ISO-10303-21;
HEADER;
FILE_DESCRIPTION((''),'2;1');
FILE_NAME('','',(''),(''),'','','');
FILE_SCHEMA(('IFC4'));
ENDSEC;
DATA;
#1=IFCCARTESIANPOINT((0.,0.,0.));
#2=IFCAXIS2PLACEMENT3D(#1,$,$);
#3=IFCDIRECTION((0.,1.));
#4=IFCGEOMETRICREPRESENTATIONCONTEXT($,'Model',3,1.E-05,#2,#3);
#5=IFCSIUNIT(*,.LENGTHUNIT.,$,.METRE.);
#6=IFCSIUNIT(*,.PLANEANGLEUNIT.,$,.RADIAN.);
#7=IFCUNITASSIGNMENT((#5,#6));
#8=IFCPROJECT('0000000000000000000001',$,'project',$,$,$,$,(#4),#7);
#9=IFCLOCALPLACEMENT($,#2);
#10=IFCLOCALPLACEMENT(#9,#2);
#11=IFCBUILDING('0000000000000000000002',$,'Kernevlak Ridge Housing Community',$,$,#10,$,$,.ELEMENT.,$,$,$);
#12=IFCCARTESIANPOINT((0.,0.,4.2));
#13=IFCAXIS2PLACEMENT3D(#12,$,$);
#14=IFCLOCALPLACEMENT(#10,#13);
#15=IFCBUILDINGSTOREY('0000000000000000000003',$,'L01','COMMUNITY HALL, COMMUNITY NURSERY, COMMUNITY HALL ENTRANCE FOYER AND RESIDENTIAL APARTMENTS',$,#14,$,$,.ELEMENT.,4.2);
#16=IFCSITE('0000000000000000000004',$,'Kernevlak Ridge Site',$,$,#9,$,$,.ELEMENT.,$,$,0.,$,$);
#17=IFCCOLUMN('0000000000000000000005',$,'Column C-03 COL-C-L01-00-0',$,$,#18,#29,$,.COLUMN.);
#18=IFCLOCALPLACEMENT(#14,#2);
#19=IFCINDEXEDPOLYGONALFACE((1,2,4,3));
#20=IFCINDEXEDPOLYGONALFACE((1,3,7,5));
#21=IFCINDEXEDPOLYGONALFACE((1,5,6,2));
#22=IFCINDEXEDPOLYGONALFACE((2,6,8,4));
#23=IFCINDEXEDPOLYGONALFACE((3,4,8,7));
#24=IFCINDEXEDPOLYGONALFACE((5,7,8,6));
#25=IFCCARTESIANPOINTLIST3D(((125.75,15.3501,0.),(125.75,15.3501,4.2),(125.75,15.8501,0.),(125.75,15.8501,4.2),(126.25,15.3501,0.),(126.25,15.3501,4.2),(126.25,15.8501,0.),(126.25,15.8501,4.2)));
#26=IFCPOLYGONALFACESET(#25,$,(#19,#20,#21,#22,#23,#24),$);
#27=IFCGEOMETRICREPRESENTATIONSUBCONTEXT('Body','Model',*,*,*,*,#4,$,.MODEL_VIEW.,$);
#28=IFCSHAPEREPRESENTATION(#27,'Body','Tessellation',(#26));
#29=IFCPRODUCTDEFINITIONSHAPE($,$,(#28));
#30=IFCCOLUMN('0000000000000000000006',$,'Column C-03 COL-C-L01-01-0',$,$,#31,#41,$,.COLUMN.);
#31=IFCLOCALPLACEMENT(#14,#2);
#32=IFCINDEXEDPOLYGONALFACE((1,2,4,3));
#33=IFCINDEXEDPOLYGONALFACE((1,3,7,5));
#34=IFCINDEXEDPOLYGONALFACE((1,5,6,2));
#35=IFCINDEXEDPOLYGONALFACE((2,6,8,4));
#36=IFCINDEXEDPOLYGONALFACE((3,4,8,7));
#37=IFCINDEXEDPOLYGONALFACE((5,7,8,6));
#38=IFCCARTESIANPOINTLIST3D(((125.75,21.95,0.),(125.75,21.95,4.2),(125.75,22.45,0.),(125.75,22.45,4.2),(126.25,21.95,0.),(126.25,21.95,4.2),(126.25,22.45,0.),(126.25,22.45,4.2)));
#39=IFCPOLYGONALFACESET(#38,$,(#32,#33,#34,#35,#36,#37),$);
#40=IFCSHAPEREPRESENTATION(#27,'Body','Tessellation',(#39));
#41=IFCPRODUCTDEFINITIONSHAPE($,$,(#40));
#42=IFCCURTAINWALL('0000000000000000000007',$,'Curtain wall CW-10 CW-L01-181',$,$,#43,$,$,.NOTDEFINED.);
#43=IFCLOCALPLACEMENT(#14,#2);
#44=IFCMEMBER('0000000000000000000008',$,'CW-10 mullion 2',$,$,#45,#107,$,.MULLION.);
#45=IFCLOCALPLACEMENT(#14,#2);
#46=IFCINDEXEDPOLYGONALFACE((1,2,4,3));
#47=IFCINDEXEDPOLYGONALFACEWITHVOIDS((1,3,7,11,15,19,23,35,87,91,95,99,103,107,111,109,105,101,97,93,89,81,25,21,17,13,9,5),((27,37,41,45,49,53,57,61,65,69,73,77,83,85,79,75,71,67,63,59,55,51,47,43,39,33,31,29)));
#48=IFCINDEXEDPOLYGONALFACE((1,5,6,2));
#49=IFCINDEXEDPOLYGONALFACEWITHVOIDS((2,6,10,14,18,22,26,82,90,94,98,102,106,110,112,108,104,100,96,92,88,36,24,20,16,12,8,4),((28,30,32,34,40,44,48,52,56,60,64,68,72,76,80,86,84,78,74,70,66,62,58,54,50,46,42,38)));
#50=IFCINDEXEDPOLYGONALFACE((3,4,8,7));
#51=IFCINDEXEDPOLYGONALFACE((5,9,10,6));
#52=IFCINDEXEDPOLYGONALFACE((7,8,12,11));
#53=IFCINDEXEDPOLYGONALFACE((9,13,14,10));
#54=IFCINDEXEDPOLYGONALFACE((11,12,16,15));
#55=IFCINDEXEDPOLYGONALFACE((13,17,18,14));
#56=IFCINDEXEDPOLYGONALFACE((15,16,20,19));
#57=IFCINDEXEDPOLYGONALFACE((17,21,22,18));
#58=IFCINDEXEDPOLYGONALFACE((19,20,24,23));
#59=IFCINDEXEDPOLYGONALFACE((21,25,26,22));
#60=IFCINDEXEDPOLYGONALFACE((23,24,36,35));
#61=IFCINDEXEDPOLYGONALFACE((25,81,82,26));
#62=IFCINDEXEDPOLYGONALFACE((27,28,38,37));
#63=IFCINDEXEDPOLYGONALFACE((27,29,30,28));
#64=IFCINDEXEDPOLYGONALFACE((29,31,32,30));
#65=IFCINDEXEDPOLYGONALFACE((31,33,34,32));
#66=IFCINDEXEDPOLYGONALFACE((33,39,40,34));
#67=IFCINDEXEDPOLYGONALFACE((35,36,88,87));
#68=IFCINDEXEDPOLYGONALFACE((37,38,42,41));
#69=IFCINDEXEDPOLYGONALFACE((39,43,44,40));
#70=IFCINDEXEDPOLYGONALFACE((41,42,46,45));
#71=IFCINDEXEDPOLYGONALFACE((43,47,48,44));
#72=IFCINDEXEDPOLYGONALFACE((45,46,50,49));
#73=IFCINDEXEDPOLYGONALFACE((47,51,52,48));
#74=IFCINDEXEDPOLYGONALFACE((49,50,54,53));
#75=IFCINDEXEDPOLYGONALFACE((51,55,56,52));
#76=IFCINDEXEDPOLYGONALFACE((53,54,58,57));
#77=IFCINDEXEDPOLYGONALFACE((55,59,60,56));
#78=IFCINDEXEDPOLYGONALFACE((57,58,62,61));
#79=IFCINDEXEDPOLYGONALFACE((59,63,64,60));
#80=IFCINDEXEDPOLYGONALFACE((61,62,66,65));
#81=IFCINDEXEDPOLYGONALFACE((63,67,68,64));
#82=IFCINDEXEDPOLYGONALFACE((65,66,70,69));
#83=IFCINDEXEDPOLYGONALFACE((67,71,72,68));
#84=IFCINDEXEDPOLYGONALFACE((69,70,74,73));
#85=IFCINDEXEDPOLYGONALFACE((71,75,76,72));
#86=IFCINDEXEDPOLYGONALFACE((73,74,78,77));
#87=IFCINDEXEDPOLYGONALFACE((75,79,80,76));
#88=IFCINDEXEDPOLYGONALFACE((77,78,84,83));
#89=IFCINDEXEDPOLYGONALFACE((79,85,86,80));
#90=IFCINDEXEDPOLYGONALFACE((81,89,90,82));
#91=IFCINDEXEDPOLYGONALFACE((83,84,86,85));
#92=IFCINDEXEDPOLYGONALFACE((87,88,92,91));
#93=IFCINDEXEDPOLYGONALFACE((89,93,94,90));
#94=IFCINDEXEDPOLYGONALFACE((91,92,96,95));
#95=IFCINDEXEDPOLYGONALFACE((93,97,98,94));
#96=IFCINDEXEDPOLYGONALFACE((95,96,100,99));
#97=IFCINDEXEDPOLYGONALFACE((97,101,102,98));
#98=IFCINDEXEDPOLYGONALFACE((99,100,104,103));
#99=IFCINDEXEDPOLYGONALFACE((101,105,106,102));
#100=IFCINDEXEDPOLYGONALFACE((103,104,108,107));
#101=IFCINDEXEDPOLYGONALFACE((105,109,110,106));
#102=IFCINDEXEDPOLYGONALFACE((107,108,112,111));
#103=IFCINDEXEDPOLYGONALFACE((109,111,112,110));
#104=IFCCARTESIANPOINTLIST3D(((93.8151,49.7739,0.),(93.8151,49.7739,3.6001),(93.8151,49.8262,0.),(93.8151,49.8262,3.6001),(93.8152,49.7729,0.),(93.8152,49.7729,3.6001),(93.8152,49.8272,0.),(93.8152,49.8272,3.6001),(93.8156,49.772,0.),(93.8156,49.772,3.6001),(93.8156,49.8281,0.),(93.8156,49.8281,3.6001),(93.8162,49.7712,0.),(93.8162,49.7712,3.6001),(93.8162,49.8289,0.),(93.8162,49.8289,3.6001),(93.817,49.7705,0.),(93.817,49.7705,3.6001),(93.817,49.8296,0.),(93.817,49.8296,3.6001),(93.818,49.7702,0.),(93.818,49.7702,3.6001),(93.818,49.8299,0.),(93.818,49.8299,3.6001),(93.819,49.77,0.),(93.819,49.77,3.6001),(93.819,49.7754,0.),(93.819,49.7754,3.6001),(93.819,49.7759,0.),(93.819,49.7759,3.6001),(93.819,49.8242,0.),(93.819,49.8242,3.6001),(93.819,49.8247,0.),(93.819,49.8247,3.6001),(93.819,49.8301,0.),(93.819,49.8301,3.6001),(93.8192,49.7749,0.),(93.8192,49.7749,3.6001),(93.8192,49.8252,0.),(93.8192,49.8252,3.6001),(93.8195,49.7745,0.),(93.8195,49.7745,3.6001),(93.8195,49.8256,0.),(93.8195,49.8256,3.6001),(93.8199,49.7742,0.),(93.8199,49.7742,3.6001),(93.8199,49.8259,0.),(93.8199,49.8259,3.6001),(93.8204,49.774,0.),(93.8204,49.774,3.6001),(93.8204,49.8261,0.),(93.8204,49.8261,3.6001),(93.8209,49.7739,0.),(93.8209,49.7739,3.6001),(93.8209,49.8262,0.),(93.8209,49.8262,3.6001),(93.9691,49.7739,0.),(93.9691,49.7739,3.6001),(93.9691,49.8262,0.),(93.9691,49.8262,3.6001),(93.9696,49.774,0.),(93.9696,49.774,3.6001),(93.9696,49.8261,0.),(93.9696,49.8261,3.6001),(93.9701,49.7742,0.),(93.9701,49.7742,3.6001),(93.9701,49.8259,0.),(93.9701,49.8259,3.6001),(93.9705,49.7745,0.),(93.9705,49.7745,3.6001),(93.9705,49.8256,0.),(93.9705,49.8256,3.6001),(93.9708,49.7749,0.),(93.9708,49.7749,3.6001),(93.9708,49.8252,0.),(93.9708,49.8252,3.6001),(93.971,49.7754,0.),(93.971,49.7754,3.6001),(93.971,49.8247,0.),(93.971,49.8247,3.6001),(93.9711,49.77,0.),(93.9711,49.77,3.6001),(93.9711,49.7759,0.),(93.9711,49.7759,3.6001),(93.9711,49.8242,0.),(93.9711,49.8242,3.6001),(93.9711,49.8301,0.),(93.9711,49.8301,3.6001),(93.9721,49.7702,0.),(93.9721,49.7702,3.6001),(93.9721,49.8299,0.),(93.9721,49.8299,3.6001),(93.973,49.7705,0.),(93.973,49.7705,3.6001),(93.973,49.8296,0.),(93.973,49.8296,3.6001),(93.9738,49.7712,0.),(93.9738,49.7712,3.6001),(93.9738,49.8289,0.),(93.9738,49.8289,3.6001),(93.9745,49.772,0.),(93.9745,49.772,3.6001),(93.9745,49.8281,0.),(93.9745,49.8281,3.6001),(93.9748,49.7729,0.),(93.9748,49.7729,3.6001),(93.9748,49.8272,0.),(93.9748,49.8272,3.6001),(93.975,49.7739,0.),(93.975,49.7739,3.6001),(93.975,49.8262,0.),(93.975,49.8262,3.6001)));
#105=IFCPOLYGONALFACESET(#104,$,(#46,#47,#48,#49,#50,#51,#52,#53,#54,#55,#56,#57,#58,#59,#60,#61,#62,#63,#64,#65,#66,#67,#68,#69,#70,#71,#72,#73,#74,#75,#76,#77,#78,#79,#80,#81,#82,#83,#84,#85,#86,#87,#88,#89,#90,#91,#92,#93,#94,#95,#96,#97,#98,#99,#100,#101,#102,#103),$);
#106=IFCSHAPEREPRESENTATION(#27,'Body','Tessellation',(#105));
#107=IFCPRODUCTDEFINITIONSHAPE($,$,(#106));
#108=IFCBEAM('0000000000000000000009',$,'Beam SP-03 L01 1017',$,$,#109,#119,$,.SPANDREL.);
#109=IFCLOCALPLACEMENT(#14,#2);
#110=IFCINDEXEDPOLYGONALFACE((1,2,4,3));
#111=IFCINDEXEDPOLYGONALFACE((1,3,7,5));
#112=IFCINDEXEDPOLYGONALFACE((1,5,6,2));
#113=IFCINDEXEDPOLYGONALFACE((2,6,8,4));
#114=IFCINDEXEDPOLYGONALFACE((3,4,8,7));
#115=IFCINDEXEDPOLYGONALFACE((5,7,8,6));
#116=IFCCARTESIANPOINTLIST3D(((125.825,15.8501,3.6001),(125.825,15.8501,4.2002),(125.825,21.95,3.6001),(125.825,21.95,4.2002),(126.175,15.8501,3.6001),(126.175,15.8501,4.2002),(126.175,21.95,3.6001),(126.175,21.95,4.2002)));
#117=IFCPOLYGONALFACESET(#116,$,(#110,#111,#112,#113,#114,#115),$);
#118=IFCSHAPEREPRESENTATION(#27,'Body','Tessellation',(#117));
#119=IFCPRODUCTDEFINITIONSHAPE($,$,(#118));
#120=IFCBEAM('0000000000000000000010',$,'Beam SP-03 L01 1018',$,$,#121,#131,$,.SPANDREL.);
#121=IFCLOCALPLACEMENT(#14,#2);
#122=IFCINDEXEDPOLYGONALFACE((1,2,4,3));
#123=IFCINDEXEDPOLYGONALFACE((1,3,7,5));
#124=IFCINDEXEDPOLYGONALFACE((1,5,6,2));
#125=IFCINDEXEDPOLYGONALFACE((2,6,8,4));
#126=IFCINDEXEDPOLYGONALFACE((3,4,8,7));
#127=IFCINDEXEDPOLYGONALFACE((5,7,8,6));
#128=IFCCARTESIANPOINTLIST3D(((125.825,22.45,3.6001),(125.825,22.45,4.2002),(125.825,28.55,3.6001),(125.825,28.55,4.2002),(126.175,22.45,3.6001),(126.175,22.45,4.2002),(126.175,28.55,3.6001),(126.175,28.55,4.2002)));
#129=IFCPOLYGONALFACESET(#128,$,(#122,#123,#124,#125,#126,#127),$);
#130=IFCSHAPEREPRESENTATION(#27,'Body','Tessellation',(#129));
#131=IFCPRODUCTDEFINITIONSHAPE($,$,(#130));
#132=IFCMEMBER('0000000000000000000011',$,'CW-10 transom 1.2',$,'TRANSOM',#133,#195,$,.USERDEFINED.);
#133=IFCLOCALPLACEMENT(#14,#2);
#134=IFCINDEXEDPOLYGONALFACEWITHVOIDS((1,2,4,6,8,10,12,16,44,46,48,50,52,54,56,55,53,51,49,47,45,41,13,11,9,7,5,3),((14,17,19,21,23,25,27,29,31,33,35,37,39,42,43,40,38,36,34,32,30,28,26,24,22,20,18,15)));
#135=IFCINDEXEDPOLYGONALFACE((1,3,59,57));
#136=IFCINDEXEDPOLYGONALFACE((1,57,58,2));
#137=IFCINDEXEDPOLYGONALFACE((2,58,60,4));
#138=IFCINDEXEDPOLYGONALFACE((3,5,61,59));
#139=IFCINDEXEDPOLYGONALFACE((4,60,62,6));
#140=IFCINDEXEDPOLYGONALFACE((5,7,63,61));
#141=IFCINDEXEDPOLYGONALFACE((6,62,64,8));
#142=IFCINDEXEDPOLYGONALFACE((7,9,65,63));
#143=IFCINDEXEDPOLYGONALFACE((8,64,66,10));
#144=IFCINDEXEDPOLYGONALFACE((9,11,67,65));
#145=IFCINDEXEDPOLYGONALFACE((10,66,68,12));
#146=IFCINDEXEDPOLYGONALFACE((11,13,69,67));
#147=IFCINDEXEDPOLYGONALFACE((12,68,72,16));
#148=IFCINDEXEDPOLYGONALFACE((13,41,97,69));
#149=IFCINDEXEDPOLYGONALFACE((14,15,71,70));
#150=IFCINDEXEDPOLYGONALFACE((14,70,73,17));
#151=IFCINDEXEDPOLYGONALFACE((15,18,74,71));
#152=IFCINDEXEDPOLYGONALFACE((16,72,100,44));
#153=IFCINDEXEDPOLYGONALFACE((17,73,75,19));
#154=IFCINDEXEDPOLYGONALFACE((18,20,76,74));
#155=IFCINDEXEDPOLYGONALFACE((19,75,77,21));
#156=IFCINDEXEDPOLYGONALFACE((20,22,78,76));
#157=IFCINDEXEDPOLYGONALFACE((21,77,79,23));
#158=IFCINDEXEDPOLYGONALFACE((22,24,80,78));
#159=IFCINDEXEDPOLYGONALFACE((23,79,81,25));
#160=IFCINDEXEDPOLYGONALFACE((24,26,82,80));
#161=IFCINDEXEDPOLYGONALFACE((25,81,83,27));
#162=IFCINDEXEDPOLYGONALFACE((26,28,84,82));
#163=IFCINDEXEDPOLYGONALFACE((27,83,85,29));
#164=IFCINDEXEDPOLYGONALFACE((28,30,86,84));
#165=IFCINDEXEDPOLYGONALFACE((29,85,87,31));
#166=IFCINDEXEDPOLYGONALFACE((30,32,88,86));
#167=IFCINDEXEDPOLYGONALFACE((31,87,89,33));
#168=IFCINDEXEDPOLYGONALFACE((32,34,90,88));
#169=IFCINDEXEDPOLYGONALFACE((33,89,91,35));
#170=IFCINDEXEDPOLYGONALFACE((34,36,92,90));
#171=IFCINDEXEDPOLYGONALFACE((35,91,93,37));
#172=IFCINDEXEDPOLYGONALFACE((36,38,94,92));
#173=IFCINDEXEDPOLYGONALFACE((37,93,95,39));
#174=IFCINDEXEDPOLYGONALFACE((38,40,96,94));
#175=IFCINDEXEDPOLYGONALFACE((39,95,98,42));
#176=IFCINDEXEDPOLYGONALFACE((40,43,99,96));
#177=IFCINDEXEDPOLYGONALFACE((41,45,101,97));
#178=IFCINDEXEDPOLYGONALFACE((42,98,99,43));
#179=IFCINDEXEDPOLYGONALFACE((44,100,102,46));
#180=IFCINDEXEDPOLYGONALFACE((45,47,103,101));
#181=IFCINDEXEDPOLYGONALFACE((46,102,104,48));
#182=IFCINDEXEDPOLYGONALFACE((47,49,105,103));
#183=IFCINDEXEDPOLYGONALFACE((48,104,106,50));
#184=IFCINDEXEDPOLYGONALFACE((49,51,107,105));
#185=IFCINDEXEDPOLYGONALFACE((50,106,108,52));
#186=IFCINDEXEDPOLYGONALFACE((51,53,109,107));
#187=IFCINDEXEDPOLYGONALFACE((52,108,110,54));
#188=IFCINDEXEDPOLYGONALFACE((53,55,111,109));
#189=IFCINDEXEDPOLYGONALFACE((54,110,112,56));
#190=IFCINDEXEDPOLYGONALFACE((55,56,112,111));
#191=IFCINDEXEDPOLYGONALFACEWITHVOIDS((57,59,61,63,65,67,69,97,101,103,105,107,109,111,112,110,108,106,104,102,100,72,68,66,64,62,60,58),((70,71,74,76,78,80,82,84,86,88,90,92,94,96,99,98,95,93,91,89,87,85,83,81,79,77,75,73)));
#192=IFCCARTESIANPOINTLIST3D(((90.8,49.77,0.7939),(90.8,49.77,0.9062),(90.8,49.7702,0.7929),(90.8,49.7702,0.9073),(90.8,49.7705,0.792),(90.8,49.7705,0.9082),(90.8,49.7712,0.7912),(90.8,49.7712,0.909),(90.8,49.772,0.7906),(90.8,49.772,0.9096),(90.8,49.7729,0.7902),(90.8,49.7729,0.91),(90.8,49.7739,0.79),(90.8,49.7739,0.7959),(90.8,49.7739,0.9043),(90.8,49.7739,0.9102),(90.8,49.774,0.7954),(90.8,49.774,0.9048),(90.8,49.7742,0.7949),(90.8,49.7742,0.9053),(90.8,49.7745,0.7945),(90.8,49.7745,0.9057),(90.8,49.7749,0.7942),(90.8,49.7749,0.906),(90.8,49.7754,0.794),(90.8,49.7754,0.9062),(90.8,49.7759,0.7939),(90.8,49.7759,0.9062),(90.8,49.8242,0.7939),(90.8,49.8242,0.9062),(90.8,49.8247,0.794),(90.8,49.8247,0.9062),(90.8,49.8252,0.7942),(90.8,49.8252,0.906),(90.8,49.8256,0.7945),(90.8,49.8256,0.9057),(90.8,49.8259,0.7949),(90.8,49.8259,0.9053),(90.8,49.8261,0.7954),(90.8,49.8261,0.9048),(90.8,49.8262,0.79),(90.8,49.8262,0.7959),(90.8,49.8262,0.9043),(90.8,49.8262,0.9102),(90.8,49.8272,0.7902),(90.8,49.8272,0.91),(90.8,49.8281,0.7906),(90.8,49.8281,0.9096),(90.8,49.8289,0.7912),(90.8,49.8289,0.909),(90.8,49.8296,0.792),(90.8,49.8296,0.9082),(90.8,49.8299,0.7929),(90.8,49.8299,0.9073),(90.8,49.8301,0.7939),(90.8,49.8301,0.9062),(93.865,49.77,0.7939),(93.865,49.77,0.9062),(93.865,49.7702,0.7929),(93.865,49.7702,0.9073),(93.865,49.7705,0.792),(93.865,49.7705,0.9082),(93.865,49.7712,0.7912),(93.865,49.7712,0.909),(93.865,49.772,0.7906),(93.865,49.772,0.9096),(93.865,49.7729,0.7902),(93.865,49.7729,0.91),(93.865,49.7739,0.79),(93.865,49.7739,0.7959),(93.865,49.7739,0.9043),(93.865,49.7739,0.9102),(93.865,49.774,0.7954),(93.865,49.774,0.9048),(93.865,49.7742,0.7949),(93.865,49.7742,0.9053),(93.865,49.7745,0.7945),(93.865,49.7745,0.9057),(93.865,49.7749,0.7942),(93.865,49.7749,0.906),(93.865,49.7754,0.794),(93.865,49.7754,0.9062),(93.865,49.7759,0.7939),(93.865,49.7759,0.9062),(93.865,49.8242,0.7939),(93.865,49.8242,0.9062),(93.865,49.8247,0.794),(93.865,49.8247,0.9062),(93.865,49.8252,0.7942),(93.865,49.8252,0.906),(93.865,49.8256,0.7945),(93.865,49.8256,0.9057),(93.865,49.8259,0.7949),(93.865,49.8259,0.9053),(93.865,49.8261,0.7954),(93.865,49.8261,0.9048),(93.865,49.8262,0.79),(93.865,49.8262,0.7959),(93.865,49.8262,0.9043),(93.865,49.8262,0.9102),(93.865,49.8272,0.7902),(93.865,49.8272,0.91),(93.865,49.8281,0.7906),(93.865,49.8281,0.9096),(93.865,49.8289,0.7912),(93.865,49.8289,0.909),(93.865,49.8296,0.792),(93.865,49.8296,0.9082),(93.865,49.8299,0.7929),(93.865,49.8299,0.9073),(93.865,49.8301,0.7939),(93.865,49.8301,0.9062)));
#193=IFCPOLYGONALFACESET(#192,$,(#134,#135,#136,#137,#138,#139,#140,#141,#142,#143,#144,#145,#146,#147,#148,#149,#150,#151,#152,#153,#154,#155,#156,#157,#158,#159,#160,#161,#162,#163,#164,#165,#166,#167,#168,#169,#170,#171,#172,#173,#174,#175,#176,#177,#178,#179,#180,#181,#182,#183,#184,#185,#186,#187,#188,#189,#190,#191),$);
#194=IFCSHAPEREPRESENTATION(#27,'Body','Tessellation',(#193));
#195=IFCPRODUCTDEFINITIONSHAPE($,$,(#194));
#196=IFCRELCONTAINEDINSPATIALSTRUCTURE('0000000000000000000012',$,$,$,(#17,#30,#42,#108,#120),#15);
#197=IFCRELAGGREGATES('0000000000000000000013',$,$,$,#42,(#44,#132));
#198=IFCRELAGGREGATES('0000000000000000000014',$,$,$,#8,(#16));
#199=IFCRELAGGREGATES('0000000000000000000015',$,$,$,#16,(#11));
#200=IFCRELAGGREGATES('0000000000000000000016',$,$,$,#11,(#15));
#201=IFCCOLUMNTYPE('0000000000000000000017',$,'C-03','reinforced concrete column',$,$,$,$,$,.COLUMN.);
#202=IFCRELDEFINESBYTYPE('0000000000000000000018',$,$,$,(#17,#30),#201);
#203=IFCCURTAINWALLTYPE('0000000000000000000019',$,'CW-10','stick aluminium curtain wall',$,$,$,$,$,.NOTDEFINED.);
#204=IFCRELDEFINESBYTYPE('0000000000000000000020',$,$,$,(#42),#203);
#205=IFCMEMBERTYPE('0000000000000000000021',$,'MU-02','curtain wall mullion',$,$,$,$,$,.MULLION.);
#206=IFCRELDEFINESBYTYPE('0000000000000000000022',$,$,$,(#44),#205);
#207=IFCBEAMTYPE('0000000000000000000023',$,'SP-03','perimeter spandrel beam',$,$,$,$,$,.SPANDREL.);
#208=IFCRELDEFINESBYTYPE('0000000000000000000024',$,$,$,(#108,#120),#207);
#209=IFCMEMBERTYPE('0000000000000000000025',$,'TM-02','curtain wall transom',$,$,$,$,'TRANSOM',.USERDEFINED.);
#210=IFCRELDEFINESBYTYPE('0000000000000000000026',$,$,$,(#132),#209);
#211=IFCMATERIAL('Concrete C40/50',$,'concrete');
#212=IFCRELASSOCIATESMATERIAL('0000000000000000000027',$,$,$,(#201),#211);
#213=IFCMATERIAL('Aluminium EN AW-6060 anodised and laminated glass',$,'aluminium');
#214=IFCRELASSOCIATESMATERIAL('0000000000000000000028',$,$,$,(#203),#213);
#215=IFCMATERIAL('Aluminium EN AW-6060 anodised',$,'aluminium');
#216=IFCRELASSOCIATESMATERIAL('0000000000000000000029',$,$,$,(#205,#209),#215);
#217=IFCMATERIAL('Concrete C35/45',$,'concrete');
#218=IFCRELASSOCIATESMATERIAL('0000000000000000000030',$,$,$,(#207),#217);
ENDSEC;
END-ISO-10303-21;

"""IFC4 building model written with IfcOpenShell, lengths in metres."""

from ifc_helpers import new_model, si_unit, direction, frame, origin, origin_2d, place, context, subcontext, project, spatial, rectangle, hollow_rectangle, extrude, material, material_profile, profile_set, type_object, element, aggregate, save


model = new_model("IFC4")

# Units and contexts
model_context = context("Model", 3, precision=1e-05, world=origin(), true_north=direction((0.0, 1.0)))
body_context = subcontext(model_context, "Body", "Model", "MODEL_VIEW")
ifc_project = project(units=[si_unit("LENGTHUNIT", "METRE"), si_unit("PLANEANGLEUNIT", "RADIAN")], contexts=[model_context])

# Site, building, storey
site_placement = place(None, origin())
site = spatial("IfcSite", under=ifc_project, at=site_placement, Name="Kernevlak Ridge Site", CompositionType="ELEMENT", RefElevation=0.0)
building_placement = place(site_placement, origin())
building = spatial("IfcBuilding", under=site, at=building_placement, Name="Kernevlak Ridge Housing Community", CompositionType="ELEMENT")
storey_placement = place(building_placement, frame((0.0, 0.0, 4.2)))
storey = spatial("IfcBuildingStorey", under=building, at=storey_placement, Name="L01", Description="COMMUNITY HALL, COMMUNITY NURSERY, COMMUNITY HALL ENTRANCE FOYER AND RESIDENTIAL APARTMENTS", CompositionType="ELEMENT", Elevation=4.2)

# Columns
ifc_material_1 = material(Name="Concrete C40/50", Category="concrete")
ifc_material_profile_1 = material_profile(ifc_material_1, rectangle(XDim=0.5, YDim=0.5, at=origin_2d()), Name="RC 500x500")
ifc_profile_set_1 = profile_set([ifc_material_profile_1], Name="Concrete C40/50")
column_type = type_object("IfcColumnType", Name="C-03", Description="reinforced concrete column", PredefinedType="COLUMN", material=ifc_profile_set_1)
for number, where, z_axis, x_axis, name in (
    (1, (126.0, 15.6001, 0.0), (0.0, 0.0, 1.0), (1.0, 0.0, 0.0), "Column C-03 COL-C-L01-00-0"),
    (2, (126.0, 22.2, 0.0), (0.0, 0.0, 1.0), (1.0, 0.0, 0.0), "Column C-03 COL-C-L01-01-0"),
):
    element("IfcColumn", number, at=place(storey_placement, frame(where, z_axis=z_axis, x_axis=x_axis)), inside=storey, type_object=column_type, Name=name, PredefinedType="COLUMN", context=body_context, shape_type="SweptSolid", body=[
        extrude(rectangle(XDim=0.5, YDim=0.5, at=origin_2d()), origin(), (0.0, 0.0, 1.0), 4.2),
    ])

# Curtain wall, member
ifc_material_2 = material(Name="Aluminium EN AW-6060 anodised and laminated glass", Category="aluminium")
curtain_wall_type = type_object("IfcCurtainWallType", Name="CW-10", Description="stick aluminium curtain wall", PredefinedType="NOTDEFINED", material=ifc_material_2)
curtain_wall_placement = place(storey_placement, origin())
curtain_wall = element("IfcCurtainWall", 3, at=curtain_wall_placement, inside=storey, type_object=curtain_wall_type, Name="Curtain wall CW-10 CW-L01-181", PredefinedType="NOTDEFINED")
ifc_material_3 = material(Name="Aluminium EN AW-6060 anodised", Category="aluminium")
ifc_material_profile_2 = material_profile(ifc_material_3, hollow_rectangle(XDim=0.0601, YDim=0.1599, WallThickness=0.0039, InnerFilletRadius=0.002, OuterFilletRadius=0.0039, at=origin_2d()), Name="ALU 60x160x4")
ifc_profile_set_2 = profile_set([ifc_material_profile_2], Name="Aluminium EN AW-6060 anodised")
member_type_1 = type_object("IfcMemberType", Name="MU-02", Description="curtain wall mullion", PredefinedType="MULLION", material=ifc_profile_set_2)
member_1_placement = place(storey_placement, frame((93.895, 49.8, 0.0), z_axis=(0.0, 0.0, 1.0), x_axis=(0.0, 1.0, 0.0)))
member_1 = element("IfcMember", 4, at=member_1_placement, type_object=member_type_1, Name="CW-10 mullion 2", PredefinedType="MULLION", context=body_context, shape_type="SweptSolid", body=[
    extrude(hollow_rectangle(XDim=0.0601, YDim=0.1599, WallThickness=0.0039, InnerFilletRadius=0.002, OuterFilletRadius=0.0039, at=origin_2d()), origin(), (0.0, 0.0, 1.0), 3.6001),
])

# Beams
ifc_material_4 = material(Name="Concrete C35/45", Category="concrete")
ifc_material_profile_3 = material_profile(ifc_material_4, rectangle(XDim=0.3501, YDim=0.6001, at=origin_2d()), Name="RC 350x600")
ifc_profile_set_3 = profile_set([ifc_material_profile_3], Name="Concrete C35/45")
beam_type = type_object("IfcBeamType", Name="SP-03", Description="perimeter spandrel beam", PredefinedType="SPANDREL", material=ifc_profile_set_3)
beam_1_placement = place(storey_placement, frame((126.0, 15.8501, 3.9001), z_axis=(0.0, 1.0, 0.0), x_axis=(-1.0, 0.0, 0.0)))
element("IfcBeam", 5, at=beam_1_placement, inside=storey, type_object=beam_type, Name="Beam SP-03 L01 1017", PredefinedType="SPANDREL", context=body_context, shape_type="SweptSolid", body=[
    extrude(rectangle(XDim=0.3501, YDim=0.6001, at=origin_2d()), origin(), (0.0, 0.0, 1.0), 6.0999),
])
beam_2_placement = place(storey_placement, frame((126.0, 22.45, 3.9001), z_axis=(0.0, 1.0, 0.0), x_axis=(-1.0, 0.0, 0.0)))
element("IfcBeam", 6, at=beam_2_placement, inside=storey, type_object=beam_type, Name="Beam SP-03 L01 1018", PredefinedType="SPANDREL", context=body_context, shape_type="SweptSolid", body=[
    extrude(rectangle(XDim=0.3501, YDim=0.6001, at=origin_2d()), origin(), (0.0, 0.0, 1.0), 6.1001),
])

# Member
ifc_material_profile_4 = material_profile(ifc_material_3, hollow_rectangle(XDim=0.0601, YDim=0.1201, WallThickness=0.0039, InnerFilletRadius=0.002, OuterFilletRadius=0.0039, at=origin_2d()), Name="ALU 60x120x4")
ifc_profile_set_4 = profile_set([ifc_material_profile_4], Name="Aluminium EN AW-6060 anodised")
member_type_2 = type_object("IfcMemberType", Name="TM-02", Description="curtain wall transom", ElementType="TRANSOM", PredefinedType="USERDEFINED", material=ifc_profile_set_4)
member_2_placement = place(storey_placement, frame((90.8, 49.8, 0.8501), z_axis=(1.0, 0.0, 0.0), x_axis=(0.0, 1.0, 0.0)))
member_2 = element("IfcMember", 7, at=member_2_placement, type_object=member_type_2, Name="CW-10 transom 1.2", ObjectType="TRANSOM", PredefinedType="USERDEFINED", context=body_context, shape_type="SweptSolid", body=[
    extrude(hollow_rectangle(XDim=0.0601, YDim=0.1201, WallThickness=0.0039, InnerFilletRadius=0.002, OuterFilletRadius=0.0039, at=origin_2d()), origin(), (0.0, 0.0, 1.0), 3.0649),
])

aggregate(curtain_wall, [member_1, member_2])

save(model, "model.ifc")
